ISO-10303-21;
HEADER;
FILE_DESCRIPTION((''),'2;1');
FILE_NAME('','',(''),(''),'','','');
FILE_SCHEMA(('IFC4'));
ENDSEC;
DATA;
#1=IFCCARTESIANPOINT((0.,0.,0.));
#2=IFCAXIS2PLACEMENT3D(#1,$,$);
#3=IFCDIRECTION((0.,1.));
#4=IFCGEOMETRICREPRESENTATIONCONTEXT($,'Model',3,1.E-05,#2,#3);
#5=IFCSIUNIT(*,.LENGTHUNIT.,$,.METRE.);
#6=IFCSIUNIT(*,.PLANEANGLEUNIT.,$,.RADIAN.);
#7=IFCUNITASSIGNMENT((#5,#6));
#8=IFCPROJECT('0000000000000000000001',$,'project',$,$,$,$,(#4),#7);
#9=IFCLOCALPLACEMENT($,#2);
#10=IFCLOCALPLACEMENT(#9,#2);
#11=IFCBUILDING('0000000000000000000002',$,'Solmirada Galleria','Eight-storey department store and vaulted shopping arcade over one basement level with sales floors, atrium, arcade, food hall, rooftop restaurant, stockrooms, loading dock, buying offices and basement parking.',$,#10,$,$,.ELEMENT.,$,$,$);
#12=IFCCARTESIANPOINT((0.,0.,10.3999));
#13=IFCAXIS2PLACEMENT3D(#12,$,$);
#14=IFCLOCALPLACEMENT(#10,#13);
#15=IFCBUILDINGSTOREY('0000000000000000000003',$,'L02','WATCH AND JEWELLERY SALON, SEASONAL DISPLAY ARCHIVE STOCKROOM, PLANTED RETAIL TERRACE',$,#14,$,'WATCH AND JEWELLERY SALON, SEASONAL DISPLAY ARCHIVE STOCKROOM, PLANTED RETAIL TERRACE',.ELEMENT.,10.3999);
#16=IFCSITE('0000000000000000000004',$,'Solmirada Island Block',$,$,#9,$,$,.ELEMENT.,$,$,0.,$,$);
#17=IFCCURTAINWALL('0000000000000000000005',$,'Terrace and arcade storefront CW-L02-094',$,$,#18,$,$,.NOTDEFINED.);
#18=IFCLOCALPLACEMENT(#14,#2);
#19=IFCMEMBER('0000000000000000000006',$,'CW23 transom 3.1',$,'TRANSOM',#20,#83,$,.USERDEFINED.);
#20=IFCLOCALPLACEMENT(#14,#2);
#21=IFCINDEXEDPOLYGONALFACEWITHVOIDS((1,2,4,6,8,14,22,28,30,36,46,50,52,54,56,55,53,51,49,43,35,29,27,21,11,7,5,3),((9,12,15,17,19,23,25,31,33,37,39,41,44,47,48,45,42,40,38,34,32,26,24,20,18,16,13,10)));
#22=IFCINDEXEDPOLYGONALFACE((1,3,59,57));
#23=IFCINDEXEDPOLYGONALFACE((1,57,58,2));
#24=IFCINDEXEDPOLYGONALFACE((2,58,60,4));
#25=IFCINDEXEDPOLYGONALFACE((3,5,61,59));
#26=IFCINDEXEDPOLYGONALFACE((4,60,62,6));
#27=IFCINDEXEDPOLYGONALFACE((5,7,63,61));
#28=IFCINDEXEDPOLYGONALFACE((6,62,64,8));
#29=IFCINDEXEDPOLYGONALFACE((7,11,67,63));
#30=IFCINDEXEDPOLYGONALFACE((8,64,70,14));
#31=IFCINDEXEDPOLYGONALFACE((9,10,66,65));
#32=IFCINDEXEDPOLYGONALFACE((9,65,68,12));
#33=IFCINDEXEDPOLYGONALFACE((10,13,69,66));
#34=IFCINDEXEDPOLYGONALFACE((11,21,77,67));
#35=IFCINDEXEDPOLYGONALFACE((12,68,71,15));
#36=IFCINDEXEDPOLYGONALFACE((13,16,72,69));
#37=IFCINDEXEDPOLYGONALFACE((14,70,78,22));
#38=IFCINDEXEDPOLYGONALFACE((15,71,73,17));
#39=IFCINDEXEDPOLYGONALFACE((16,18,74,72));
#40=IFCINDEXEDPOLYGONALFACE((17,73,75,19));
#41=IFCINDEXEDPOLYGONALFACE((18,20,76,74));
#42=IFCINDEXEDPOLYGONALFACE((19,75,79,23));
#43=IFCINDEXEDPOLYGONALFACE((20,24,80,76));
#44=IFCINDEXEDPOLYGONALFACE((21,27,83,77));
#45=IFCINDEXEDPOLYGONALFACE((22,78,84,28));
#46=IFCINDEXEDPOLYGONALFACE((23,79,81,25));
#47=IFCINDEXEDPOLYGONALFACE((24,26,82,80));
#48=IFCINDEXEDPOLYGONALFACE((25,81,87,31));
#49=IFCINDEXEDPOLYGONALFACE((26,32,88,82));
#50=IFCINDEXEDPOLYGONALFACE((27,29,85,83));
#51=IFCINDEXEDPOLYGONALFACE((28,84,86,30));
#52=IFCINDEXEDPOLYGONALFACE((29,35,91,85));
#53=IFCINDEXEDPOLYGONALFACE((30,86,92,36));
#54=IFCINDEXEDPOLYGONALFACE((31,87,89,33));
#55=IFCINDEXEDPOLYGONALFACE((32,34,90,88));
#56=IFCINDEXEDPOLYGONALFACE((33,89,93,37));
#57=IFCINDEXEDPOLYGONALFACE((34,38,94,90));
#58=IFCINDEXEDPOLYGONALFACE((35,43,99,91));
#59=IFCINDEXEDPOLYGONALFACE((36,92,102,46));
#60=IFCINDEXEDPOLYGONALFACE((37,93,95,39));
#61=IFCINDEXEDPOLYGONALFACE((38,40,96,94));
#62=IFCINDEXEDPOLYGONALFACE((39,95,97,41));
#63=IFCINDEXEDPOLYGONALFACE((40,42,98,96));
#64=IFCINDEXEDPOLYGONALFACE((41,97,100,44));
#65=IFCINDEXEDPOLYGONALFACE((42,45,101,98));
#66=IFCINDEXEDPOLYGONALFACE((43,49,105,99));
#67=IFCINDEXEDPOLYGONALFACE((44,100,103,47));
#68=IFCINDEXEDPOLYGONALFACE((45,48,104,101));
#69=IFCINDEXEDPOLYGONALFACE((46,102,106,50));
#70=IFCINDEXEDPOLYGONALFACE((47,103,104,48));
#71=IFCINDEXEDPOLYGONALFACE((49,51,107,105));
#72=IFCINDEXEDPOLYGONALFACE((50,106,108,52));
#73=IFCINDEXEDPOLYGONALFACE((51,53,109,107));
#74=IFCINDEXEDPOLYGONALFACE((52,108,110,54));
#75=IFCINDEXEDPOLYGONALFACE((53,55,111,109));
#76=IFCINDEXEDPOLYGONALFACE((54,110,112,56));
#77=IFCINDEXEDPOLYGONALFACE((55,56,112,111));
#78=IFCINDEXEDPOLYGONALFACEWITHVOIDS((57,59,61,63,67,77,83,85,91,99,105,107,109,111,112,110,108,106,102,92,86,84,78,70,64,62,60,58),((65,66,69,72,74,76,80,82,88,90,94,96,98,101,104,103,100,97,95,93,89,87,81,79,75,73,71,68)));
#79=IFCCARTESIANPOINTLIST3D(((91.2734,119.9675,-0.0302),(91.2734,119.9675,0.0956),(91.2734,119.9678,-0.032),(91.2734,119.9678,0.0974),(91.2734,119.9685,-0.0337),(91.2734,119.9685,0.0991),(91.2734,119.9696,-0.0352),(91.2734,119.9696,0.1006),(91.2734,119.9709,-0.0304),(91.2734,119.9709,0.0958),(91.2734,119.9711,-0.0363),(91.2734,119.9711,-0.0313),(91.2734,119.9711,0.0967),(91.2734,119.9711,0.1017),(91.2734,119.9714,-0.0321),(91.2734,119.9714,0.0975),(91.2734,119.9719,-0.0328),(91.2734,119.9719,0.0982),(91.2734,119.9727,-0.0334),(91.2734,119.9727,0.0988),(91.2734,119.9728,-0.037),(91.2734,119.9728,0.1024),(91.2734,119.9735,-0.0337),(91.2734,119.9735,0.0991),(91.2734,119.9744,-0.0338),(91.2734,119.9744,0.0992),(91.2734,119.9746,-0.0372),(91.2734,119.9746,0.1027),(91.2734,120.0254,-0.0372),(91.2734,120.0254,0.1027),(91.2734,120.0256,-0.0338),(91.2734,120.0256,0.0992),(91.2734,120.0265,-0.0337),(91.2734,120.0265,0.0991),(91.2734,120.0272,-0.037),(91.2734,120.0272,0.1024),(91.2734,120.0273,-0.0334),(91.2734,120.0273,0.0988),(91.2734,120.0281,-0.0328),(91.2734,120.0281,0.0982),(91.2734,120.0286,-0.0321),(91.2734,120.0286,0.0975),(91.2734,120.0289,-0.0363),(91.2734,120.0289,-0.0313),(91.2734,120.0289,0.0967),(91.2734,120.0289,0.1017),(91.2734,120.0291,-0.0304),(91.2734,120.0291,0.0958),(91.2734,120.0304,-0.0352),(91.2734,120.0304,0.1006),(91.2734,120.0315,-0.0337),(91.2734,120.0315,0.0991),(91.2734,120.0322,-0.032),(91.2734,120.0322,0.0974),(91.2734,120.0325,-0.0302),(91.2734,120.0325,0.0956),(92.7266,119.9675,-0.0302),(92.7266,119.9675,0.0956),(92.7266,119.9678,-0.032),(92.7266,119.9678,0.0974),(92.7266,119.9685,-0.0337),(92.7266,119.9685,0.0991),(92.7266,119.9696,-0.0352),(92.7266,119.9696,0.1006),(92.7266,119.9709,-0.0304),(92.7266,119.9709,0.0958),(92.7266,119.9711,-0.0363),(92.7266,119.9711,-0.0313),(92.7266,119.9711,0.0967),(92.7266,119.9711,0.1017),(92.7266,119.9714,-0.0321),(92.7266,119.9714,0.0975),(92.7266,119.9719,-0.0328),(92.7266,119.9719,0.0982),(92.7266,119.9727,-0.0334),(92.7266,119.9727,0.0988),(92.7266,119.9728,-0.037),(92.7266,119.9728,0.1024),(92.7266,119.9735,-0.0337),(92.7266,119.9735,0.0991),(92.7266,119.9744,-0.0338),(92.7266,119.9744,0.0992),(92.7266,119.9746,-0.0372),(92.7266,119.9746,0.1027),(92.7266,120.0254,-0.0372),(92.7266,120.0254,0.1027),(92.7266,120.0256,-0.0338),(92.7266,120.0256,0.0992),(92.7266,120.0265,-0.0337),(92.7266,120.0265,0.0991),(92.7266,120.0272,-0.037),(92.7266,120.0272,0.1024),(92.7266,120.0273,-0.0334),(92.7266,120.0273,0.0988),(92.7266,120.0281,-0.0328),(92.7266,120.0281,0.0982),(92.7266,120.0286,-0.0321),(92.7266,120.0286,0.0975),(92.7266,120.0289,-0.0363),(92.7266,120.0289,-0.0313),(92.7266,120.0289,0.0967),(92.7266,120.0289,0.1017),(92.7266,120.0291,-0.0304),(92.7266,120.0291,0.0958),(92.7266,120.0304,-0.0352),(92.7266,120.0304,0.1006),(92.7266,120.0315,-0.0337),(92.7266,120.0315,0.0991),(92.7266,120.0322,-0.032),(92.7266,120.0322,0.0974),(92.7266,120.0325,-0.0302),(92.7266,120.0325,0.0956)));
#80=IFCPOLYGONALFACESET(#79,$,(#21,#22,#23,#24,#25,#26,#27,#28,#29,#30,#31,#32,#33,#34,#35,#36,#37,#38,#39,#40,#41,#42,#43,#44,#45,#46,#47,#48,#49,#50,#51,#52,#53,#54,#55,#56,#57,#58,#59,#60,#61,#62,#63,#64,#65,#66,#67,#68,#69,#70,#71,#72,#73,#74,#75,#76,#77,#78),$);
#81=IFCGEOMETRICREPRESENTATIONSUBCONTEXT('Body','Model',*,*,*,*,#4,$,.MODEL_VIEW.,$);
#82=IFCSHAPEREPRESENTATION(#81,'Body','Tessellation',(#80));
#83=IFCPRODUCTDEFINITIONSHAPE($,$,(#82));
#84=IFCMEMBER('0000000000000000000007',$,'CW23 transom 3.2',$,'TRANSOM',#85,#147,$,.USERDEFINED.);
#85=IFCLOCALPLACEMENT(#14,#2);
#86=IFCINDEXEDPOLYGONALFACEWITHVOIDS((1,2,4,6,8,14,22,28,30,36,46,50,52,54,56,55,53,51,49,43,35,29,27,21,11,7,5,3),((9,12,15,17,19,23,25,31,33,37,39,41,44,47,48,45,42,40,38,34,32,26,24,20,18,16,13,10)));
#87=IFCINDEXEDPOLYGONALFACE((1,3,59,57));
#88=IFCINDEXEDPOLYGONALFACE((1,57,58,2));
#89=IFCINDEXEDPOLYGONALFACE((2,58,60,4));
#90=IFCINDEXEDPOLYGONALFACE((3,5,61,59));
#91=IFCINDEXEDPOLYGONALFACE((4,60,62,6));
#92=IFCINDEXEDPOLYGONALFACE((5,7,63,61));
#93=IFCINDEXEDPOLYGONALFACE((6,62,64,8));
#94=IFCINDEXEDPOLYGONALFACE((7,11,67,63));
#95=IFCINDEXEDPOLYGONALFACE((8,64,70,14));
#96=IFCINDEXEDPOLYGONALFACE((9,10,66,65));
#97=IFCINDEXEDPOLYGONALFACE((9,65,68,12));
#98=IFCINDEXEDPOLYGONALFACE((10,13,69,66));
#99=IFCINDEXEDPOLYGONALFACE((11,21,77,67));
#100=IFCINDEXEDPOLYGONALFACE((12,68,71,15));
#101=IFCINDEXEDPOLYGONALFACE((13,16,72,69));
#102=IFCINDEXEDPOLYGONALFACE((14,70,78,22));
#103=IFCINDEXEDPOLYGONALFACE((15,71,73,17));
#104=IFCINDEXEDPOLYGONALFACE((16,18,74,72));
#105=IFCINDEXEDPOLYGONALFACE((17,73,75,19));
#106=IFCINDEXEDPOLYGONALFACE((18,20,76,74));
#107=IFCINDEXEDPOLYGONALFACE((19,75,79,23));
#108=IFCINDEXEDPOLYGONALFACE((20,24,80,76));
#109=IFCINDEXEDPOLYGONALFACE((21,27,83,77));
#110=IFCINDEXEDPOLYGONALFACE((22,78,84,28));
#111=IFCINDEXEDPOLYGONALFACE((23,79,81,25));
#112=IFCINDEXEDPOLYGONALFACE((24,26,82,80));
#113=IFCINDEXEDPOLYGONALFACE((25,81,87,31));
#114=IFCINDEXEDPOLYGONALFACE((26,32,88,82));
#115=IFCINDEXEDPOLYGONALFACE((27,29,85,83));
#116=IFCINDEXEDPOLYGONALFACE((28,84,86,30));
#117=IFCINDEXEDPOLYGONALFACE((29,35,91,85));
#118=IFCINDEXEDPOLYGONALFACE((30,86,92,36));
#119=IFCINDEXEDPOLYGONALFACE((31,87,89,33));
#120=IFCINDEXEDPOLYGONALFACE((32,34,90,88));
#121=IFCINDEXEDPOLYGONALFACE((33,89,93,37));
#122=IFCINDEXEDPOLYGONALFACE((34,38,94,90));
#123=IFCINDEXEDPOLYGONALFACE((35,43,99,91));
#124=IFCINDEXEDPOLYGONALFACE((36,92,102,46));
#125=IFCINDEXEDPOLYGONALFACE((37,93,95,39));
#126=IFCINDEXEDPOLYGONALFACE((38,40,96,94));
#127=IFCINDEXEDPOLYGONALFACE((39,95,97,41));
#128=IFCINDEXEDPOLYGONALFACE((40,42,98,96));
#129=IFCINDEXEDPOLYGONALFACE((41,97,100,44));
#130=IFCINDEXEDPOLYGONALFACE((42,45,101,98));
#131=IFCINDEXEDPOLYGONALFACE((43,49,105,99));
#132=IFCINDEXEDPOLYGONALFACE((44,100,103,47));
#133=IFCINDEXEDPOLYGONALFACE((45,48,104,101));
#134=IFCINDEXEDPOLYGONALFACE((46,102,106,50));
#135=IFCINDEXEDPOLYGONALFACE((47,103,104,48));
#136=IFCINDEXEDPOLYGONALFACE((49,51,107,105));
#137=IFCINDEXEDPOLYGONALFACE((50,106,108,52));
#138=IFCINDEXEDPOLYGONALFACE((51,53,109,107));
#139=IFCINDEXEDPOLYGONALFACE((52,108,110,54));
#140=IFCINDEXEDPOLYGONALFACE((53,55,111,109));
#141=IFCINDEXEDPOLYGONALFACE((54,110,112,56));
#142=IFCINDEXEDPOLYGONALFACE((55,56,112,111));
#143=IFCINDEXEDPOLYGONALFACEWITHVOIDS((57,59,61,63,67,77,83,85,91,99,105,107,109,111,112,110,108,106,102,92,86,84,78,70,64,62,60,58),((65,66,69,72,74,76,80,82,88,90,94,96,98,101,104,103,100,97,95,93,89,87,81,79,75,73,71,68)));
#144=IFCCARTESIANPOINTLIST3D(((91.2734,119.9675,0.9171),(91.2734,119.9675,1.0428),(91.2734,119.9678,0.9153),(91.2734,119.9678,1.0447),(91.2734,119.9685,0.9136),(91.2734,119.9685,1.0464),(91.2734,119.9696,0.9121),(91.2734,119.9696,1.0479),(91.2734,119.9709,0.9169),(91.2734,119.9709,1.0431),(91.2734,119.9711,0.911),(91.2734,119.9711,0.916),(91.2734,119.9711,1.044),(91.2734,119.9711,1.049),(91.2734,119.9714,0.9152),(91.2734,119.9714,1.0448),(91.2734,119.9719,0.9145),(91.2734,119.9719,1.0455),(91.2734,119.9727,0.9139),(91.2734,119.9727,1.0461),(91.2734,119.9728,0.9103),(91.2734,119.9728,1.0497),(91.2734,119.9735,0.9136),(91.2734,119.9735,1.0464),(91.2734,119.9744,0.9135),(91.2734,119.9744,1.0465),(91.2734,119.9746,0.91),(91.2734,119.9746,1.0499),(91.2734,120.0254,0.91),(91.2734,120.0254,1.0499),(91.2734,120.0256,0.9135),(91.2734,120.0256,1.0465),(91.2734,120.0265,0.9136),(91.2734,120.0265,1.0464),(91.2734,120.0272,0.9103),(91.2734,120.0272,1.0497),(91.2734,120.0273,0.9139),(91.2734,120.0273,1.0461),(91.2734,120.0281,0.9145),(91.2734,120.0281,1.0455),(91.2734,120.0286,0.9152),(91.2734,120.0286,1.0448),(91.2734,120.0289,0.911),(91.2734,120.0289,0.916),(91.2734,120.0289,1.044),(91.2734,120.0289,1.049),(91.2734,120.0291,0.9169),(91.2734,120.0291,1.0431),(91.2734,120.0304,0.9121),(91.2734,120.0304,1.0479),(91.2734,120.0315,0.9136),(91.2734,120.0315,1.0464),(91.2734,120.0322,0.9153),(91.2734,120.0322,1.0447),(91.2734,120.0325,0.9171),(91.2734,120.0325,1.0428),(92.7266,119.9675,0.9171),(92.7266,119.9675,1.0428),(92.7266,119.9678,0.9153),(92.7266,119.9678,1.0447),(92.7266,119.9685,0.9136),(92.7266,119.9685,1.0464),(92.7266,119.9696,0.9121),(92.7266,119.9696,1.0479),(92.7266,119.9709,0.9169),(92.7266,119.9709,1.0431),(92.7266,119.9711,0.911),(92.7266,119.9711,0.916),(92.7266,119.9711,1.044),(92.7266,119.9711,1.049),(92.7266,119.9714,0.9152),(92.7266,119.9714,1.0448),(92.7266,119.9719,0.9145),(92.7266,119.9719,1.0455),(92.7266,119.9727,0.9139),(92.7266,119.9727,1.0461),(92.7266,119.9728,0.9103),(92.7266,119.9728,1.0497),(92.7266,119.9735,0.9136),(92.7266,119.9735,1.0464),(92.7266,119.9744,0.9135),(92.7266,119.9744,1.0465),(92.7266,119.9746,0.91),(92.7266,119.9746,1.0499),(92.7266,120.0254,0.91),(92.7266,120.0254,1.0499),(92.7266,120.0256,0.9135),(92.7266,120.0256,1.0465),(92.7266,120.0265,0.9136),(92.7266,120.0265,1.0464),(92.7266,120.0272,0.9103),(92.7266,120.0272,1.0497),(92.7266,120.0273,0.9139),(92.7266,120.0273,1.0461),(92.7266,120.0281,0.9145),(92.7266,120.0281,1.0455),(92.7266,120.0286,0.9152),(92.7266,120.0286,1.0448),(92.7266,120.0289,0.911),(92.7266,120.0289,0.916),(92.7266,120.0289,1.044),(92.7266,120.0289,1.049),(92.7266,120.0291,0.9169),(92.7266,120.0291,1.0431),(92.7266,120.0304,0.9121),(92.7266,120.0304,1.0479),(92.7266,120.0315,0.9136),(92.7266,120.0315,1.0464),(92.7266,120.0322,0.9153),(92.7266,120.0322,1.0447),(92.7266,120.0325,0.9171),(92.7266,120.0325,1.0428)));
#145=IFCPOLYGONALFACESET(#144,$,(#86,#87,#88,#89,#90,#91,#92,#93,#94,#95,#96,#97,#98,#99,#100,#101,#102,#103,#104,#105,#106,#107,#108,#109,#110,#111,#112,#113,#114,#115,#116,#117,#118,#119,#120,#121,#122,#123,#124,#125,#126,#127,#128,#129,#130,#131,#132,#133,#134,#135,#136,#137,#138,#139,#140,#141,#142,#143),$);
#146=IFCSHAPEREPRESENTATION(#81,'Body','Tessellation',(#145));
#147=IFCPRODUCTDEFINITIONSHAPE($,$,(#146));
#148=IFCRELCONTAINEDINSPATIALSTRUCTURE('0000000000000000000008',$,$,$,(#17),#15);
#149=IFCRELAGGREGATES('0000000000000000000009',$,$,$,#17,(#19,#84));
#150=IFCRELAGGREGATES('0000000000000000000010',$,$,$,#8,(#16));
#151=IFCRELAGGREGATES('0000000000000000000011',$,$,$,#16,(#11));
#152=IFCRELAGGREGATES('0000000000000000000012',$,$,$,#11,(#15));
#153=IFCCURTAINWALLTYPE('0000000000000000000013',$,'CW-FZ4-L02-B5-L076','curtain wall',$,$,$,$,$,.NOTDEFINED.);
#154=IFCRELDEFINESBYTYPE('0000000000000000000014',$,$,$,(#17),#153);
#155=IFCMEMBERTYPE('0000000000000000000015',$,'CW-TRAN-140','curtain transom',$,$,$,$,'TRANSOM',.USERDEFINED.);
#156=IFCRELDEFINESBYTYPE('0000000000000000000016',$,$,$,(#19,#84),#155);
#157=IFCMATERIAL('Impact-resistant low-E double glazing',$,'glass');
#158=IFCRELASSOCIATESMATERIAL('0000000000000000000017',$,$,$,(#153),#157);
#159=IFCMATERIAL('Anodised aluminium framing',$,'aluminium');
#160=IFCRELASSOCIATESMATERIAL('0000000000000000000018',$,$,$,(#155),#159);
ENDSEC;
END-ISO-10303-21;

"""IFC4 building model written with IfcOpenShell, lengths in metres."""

from ifc_helpers import new_model, si_unit, direction, frame, origin, origin_2d, place, context, subcontext, project, spatial, hollow_rectangle, extrude, material, material_profile, profile_set, type_object, element, aggregate, save


model = new_model("IFC4")

# Units and contexts
model_context = context("Model", 3, precision=1e-05, world=origin(), true_north=direction((0.0, 1.0)))
body_context = subcontext(model_context, "Body", "Model", "MODEL_VIEW")
ifc_project = project(units=[si_unit("LENGTHUNIT", "METRE"), si_unit("PLANEANGLEUNIT", "RADIAN")], contexts=[model_context])

# Site, building, storey
site_placement = place(None, origin())
site = spatial("IfcSite", under=ifc_project, at=site_placement, Name="Solmirada Island Block", CompositionType="ELEMENT", RefElevation=0.0)
building_placement = place(site_placement, origin())
building = spatial("IfcBuilding", under=site, at=building_placement, Name="Solmirada Galleria", Description="Eight-storey department store and vaulted shopping arcade over one basement level with sales floors, atrium, arcade, food hall, rooftop restaurant, stockrooms, loading dock, buying offices and basement parking.", CompositionType="ELEMENT")
storey_placement = place(building_placement, frame((0.0, 0.0, 10.3999)))
storey = spatial("IfcBuildingStorey", under=building, at=storey_placement, Name="L02", Description="WATCH AND JEWELLERY SALON, SEASONAL DISPLAY ARCHIVE STOCKROOM, PLANTED RETAIL TERRACE", LongName="WATCH AND JEWELLERY SALON, SEASONAL DISPLAY ARCHIVE STOCKROOM, PLANTED RETAIL TERRACE", CompositionType="ELEMENT", Elevation=10.3999)

# Curtain wall, members
ifc_material_1 = material(Name="Impact-resistant low-E double glazing", Category="glass")
curtain_wall_type = type_object("IfcCurtainWallType", Name="CW-FZ4-L02-B5-L076", Description="curtain wall", PredefinedType="NOTDEFINED", material=ifc_material_1)
curtain_wall_placement = place(storey_placement, origin())
curtain_wall = element("IfcCurtainWall", 1, at=curtain_wall_placement, inside=storey, type_object=curtain_wall_type, Name="Terrace and arcade storefront CW-L02-094", PredefinedType="NOTDEFINED")
ifc_material_2 = material(Name="Anodised aluminium framing", Category="aluminium")
ifc_material_profile_1 = material_profile(ifc_material_2, hollow_rectangle(XDim=0.0649, YDim=0.1399, WallThickness=0.0034, InnerFilletRadius=0.0034, OuterFilletRadius=0.0071, at=origin_2d()), Name="ALU-TRAN-140X65")
ifc_profile_set_1 = profile_set([ifc_material_profile_1], Name="Anodised aluminium framing")
member_type_1 = type_object("IfcMemberType", Name="CW-TRAN-140", Description="curtain transom", ElementType="TRANSOM", PredefinedType="USERDEFINED", material=ifc_profile_set_1)
member_1_placement = place(storey_placement, frame((91.2734, 120.0, 0.0327), z_axis=(1.0, 0.0, 0.0), x_axis=(0.0, 1.0, 0.0)))
member_1 = element("IfcMember", 2, at=member_1_placement, type_object=member_type_1, Name="CW23 transom 3.1", ObjectType="TRANSOM", PredefinedType="USERDEFINED", context=body_context, shape_type="SweptSolid", body=[
    extrude(hollow_rectangle(XDim=0.0649, YDim=0.1399, WallThickness=0.0034, InnerFilletRadius=0.0034, OuterFilletRadius=0.0071, at=origin_2d()), origin(), (0.0, 0.0, 1.0), 1.4531),
])
member_2_placement = place(storey_placement, frame((91.2734, 120.0, 0.98), z_axis=(1.0, 0.0, 0.0), x_axis=(0.0, 1.0, 0.0)))
member_2 = element("IfcMember", 3, at=member_2_placement, type_object=member_type_1, Name="CW23 transom 3.2", ObjectType="TRANSOM", PredefinedType="USERDEFINED", context=body_context, shape_type="SweptSolid", body=[
    extrude(hollow_rectangle(XDim=0.0649, YDim=0.1399, WallThickness=0.0034, InnerFilletRadius=0.0034, OuterFilletRadius=0.0071, at=origin_2d()), origin(), (0.0, 0.0, 1.0), 1.4531),
])
aggregate(curtain_wall, [member_1, member_2])

save(model, "model.ifc")
